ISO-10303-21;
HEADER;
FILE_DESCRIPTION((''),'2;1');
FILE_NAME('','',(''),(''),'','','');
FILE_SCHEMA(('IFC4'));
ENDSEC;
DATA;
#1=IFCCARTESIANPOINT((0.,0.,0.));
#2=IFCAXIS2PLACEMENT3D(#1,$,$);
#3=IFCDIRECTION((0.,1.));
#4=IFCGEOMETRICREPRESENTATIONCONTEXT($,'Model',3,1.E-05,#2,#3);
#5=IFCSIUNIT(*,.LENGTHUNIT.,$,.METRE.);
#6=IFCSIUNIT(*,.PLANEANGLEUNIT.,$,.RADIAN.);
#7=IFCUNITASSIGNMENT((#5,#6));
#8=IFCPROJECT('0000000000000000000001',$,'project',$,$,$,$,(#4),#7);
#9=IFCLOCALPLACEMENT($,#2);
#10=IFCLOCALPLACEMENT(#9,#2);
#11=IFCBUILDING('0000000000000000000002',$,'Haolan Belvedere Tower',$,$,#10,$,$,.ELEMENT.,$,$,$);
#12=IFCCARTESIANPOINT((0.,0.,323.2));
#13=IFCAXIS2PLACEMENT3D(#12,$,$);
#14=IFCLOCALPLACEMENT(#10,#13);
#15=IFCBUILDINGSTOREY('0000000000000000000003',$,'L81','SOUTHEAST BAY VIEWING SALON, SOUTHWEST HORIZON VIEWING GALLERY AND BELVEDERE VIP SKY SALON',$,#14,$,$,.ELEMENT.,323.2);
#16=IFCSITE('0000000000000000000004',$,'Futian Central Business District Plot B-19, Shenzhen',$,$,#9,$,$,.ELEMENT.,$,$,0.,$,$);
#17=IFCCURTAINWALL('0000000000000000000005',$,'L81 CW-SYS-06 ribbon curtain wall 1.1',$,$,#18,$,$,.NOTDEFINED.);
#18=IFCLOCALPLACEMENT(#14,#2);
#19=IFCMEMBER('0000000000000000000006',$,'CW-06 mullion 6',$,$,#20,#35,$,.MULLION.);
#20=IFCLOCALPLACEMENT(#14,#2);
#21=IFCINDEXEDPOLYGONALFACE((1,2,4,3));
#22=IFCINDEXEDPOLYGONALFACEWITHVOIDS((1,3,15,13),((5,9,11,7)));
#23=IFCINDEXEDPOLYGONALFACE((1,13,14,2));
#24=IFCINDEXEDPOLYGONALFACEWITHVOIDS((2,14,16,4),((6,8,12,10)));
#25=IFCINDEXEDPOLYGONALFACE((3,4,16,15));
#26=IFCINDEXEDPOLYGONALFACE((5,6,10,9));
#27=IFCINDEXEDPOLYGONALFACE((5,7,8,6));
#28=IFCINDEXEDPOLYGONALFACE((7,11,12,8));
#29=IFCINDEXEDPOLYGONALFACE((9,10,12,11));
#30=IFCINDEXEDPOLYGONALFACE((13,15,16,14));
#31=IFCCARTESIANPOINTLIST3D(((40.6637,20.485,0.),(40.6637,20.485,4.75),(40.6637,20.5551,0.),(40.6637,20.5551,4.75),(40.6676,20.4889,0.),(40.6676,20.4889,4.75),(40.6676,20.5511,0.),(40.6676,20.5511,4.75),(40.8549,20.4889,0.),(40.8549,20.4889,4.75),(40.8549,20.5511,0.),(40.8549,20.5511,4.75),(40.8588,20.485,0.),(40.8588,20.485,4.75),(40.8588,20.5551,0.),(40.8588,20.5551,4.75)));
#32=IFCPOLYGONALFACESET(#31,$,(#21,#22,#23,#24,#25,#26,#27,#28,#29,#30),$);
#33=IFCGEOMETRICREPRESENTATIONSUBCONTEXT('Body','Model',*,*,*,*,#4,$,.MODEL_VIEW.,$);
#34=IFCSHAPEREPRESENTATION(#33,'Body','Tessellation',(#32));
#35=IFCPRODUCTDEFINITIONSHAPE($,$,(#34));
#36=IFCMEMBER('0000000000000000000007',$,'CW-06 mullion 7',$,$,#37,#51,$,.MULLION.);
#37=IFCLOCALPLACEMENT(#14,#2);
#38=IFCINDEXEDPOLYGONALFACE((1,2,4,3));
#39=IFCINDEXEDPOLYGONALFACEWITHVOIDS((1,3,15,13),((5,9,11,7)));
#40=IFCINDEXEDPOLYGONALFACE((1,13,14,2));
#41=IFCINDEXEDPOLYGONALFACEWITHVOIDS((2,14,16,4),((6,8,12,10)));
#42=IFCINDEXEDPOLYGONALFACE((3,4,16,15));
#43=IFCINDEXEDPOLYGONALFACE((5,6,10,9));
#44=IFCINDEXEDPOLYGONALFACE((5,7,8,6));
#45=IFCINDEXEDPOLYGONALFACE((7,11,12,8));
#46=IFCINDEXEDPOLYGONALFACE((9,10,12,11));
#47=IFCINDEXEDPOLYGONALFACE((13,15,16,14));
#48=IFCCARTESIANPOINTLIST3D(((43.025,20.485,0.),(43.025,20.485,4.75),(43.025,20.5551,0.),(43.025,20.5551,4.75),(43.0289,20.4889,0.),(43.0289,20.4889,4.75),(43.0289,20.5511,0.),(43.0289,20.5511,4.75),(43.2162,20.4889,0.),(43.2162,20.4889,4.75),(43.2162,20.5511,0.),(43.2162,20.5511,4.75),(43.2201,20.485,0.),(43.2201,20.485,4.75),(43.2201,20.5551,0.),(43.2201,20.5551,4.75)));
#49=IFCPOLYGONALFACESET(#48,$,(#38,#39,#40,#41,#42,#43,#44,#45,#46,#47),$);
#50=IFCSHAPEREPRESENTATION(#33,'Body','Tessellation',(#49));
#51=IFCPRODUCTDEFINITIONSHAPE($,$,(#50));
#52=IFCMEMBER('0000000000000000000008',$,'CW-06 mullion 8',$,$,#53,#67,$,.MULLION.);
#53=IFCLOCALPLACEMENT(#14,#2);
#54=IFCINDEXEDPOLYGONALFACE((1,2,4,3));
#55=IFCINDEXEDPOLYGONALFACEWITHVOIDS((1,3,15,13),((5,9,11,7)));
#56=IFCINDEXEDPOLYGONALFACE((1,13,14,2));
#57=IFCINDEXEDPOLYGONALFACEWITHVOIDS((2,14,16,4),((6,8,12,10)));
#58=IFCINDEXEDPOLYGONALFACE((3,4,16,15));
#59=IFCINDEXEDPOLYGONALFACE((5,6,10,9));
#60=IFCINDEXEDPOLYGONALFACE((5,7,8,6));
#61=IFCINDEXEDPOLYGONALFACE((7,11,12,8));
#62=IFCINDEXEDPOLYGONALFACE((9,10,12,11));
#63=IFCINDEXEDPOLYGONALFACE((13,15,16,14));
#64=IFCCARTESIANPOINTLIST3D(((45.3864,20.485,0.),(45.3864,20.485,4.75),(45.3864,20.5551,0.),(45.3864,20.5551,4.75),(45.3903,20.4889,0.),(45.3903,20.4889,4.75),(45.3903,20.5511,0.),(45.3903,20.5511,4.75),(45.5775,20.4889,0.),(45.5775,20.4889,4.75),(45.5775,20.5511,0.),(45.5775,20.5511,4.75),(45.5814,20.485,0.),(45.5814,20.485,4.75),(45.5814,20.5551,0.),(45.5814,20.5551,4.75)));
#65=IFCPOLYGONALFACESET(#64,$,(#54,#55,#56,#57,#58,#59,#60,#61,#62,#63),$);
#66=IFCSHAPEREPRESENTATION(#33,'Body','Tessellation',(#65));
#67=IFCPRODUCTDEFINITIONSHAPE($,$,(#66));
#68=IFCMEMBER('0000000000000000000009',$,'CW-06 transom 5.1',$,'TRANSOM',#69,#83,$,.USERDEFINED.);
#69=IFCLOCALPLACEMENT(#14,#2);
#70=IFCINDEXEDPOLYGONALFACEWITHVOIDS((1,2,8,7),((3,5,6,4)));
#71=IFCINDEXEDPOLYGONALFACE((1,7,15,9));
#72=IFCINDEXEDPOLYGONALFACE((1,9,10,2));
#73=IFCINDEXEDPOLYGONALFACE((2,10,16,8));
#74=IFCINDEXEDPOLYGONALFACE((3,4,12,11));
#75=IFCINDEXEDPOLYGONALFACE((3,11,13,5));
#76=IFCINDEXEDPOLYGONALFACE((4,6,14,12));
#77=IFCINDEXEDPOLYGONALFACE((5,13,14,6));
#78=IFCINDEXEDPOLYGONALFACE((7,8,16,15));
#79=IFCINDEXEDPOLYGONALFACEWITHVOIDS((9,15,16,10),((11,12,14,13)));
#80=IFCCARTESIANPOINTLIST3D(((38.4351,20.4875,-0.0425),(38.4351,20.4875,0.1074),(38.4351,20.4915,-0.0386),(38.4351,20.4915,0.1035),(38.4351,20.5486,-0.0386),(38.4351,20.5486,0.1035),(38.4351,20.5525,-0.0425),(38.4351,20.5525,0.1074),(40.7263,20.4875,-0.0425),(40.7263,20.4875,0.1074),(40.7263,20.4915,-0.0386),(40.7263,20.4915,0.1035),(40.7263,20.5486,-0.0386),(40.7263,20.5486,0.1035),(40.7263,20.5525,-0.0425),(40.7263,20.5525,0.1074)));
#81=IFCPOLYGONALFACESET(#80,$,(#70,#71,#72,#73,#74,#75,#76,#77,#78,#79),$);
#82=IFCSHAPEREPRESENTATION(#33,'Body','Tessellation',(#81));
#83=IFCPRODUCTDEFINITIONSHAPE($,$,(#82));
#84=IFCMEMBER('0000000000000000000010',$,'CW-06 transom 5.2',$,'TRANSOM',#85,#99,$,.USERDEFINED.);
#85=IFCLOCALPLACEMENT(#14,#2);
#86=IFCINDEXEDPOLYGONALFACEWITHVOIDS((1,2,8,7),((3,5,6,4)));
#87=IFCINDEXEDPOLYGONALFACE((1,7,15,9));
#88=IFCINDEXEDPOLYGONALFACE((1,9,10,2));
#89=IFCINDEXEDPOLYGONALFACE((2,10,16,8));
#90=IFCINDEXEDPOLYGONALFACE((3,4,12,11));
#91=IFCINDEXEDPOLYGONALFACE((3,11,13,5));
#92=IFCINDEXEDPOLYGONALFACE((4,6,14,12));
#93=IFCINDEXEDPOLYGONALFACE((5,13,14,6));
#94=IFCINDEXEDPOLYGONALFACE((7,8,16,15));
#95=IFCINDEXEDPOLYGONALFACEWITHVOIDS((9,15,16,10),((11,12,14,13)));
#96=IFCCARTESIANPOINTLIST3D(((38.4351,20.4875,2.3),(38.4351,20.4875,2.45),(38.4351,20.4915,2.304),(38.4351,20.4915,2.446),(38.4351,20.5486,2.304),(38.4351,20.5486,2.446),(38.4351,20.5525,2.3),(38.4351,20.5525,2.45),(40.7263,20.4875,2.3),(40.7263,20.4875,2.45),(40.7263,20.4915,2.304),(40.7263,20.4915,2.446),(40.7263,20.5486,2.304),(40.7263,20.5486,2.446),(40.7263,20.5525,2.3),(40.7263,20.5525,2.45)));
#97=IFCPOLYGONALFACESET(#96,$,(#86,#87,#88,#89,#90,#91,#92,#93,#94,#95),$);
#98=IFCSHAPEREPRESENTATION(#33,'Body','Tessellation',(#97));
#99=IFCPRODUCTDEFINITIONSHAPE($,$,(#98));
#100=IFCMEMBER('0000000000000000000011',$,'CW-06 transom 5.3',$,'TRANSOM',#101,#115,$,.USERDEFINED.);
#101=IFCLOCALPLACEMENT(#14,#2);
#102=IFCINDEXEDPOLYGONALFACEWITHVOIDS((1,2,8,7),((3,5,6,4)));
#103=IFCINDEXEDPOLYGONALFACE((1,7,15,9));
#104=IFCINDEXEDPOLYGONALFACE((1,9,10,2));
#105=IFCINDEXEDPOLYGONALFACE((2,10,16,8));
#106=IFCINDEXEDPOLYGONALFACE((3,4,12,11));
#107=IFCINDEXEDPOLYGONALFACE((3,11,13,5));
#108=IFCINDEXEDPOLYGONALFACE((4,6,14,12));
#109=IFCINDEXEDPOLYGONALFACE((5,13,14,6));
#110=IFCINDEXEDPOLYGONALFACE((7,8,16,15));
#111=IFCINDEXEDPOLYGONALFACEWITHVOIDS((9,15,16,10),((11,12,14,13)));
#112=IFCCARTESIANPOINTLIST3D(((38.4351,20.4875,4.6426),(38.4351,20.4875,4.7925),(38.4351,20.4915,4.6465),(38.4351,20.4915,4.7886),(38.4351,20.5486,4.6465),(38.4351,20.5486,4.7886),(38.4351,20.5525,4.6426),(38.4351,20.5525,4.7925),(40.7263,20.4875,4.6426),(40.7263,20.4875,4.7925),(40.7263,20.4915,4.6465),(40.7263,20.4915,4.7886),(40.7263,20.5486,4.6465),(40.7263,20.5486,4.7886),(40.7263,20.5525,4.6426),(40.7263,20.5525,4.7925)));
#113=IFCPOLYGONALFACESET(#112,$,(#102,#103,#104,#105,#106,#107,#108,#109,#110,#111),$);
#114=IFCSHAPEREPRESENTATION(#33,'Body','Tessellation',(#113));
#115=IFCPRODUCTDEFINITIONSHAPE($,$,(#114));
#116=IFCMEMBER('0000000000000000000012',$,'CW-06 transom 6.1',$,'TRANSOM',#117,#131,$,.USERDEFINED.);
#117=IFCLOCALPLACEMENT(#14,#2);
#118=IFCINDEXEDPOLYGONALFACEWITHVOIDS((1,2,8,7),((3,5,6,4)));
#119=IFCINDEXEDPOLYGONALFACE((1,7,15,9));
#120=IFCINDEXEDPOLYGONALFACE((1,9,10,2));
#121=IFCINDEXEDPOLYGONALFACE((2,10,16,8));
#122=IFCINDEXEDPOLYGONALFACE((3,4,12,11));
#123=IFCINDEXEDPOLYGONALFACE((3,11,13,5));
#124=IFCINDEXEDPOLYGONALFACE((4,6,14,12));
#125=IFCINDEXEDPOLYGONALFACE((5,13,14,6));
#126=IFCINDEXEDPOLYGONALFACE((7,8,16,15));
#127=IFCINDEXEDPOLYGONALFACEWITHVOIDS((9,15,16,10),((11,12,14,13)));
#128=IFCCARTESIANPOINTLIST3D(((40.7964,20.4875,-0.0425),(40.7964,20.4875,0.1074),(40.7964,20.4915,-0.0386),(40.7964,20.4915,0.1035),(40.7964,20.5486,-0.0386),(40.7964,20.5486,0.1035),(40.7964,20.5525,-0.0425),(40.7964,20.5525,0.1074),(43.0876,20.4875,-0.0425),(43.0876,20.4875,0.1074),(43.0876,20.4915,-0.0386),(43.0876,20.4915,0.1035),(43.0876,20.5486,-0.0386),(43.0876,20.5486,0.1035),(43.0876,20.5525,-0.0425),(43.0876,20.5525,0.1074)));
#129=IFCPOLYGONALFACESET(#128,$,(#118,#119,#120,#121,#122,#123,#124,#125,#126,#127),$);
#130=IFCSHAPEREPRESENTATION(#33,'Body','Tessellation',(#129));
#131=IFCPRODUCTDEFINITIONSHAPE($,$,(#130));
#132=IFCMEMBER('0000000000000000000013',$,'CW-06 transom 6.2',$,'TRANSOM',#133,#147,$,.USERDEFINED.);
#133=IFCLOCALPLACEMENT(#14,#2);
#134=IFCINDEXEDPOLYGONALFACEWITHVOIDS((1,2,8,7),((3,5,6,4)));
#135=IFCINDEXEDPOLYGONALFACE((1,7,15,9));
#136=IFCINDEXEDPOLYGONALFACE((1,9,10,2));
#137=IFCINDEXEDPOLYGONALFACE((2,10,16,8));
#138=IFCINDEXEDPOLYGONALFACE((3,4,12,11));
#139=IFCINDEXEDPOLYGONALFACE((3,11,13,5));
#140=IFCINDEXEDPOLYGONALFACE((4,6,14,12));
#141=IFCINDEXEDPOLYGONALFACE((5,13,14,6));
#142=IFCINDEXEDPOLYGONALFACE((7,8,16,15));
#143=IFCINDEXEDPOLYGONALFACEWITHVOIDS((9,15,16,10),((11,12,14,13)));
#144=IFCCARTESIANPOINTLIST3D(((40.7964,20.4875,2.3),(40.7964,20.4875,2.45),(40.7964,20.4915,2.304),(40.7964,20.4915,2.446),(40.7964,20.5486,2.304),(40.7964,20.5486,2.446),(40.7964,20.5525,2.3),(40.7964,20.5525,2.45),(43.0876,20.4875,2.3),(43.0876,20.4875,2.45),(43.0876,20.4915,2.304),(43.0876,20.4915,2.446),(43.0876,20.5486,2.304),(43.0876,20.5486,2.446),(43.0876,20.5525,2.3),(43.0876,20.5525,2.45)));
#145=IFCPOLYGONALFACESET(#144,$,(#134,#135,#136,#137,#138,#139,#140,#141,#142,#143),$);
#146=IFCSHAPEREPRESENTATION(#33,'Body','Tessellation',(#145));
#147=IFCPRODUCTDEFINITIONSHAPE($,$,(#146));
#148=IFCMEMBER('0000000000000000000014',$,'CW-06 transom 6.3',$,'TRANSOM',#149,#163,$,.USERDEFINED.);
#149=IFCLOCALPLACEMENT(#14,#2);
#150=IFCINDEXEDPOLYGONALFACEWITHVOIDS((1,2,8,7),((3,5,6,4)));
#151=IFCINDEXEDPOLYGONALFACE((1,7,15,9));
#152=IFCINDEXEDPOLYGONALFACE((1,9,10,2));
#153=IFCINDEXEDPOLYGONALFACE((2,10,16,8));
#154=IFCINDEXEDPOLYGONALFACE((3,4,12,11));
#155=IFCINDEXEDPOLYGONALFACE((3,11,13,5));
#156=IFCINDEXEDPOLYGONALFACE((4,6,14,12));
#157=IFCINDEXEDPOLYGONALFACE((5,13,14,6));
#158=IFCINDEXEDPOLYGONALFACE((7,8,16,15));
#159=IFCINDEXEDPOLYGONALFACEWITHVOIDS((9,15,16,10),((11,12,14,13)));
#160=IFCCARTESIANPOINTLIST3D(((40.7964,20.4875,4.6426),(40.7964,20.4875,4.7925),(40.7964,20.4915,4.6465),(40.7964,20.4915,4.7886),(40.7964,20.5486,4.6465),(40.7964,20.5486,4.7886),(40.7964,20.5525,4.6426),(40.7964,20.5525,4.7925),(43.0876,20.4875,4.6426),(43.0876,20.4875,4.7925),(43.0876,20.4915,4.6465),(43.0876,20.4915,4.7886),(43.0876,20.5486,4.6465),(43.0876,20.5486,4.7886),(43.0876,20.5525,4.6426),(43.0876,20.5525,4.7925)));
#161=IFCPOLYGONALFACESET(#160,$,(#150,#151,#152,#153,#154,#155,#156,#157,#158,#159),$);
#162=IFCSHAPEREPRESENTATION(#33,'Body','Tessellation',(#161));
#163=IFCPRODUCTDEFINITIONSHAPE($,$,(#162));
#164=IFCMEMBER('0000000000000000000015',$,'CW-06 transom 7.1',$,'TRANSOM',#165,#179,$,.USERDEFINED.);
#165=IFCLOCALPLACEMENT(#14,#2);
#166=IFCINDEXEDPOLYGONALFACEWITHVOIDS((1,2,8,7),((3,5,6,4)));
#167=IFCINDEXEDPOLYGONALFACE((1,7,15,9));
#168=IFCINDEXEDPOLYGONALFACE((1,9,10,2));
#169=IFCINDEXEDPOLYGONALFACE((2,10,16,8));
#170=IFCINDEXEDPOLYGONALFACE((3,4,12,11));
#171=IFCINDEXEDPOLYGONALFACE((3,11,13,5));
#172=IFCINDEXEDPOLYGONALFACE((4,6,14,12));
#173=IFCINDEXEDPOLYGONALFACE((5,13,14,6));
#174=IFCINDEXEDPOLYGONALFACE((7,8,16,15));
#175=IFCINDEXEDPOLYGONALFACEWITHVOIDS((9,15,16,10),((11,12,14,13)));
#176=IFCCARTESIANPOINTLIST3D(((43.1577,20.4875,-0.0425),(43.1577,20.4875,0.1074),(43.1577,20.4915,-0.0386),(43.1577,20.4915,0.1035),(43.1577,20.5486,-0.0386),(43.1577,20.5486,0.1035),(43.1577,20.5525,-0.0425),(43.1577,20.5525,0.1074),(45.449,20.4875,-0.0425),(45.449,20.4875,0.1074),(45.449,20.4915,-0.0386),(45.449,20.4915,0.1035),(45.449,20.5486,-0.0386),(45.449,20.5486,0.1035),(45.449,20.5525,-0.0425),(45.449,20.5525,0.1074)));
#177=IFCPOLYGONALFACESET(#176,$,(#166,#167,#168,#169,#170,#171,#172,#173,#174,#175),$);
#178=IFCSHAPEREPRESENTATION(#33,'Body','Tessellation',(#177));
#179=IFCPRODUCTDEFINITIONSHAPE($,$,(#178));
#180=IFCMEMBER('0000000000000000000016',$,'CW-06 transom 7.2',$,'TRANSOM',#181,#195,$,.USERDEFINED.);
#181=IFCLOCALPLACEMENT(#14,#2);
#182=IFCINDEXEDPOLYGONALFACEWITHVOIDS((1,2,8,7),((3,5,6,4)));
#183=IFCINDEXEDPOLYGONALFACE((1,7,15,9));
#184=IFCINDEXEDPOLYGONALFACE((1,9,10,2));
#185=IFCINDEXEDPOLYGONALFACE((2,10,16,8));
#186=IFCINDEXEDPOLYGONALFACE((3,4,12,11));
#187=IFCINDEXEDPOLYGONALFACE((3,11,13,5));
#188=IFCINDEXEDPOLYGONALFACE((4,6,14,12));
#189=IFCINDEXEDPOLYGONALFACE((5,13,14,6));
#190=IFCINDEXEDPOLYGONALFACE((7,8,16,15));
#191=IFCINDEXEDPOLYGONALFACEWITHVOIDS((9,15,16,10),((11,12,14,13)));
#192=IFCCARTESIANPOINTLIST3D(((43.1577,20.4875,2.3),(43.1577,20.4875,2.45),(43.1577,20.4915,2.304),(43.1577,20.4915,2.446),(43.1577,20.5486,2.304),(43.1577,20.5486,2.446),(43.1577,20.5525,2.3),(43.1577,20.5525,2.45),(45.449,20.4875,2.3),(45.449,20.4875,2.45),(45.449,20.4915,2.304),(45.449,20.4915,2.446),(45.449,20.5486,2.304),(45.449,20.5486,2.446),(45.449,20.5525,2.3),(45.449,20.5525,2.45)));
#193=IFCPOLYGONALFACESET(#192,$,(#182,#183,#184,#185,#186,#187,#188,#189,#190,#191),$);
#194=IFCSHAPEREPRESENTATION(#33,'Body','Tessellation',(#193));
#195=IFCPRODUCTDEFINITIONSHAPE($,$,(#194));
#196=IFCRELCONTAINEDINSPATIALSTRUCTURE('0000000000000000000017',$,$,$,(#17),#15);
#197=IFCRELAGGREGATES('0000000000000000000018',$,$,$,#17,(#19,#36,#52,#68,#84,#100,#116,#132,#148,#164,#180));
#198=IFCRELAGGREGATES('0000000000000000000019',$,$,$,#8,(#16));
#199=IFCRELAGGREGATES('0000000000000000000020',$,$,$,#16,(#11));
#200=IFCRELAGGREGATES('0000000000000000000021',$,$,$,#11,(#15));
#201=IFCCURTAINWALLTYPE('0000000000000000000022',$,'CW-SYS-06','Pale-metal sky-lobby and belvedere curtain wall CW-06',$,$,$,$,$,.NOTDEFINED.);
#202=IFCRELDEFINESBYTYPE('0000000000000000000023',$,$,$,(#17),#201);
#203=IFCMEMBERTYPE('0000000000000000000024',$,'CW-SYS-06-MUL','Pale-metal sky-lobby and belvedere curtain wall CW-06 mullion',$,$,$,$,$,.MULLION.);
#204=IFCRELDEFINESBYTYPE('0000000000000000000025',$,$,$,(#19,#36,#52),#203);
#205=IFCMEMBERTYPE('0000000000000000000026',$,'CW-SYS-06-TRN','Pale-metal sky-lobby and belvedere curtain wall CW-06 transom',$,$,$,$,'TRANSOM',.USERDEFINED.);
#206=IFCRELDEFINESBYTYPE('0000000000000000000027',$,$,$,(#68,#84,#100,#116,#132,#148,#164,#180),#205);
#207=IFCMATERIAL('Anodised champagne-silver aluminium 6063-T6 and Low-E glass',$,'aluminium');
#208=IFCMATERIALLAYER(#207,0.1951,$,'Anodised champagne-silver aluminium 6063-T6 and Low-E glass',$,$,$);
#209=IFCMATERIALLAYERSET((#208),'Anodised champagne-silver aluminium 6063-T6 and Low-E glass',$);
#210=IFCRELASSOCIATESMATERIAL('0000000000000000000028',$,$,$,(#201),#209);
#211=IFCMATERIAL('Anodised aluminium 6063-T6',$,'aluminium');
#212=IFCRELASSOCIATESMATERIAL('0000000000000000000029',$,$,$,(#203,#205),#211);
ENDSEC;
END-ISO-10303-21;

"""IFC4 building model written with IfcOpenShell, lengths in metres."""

from ifc_helpers import new_model, si_unit, direction, frame, origin, origin_2d, place, context, subcontext, project, spatial, hollow_rectangle, extrude, material, layer, layer_set, material_profile, profile_set, type_object, element, aggregate, save


model = new_model("IFC4")

# Units and contexts
model_context = context("Model", 3, precision=1e-05, world=origin(), true_north=direction((0.0, 1.0)))
body_context = subcontext(model_context, "Body", "Model", "MODEL_VIEW")
ifc_project = project(units=[si_unit("LENGTHUNIT", "METRE"), si_unit("PLANEANGLEUNIT", "RADIAN")], contexts=[model_context])

# Site, building, storey
site_placement = place(None, origin())
site = spatial("IfcSite", under=ifc_project, at=site_placement, Name="Futian Central Business District Plot B-19, Shenzhen", CompositionType="ELEMENT", RefElevation=0.0)
building_placement = place(site_placement, origin())
building = spatial("IfcBuilding", under=site, at=building_placement, Name="Haolan Belvedere Tower", CompositionType="ELEMENT")
storey_placement = place(building_placement, frame((0.0, 0.0, 323.2)))
storey = spatial("IfcBuildingStorey", under=building, at=storey_placement, Name="L81", Description="SOUTHEAST BAY VIEWING SALON, SOUTHWEST HORIZON VIEWING GALLERY AND BELVEDERE VIP SKY SALON", CompositionType="ELEMENT", Elevation=323.2)

# Curtain wall, members
ifc_material_1 = material(Name="Anodised champagne-silver aluminium 6063-T6 and Low-E glass", Category="aluminium")
ifc_layer_1 = layer(ifc_material_1, 0.1951, Name="Anodised champagne-silver aluminium 6063-T6 and Low-E glass")
ifc_layer_set_1 = layer_set([ifc_layer_1], Name="Anodised champagne-silver aluminium 6063-T6 and Low-E glass")
curtain_wall_type = type_object("IfcCurtainWallType", Name="CW-SYS-06", Description="Pale-metal sky-lobby and belvedere curtain wall CW-06", PredefinedType="NOTDEFINED", material=ifc_layer_set_1)
curtain_wall_placement = place(storey_placement, origin())
curtain_wall = element("IfcCurtainWall", 1, at=curtain_wall_placement, inside=storey, type_object=curtain_wall_type, Name="L81 CW-SYS-06 ribbon curtain wall 1.1", PredefinedType="NOTDEFINED")
ifc_material_2 = material(Name="Anodised aluminium 6063-T6", Category="aluminium")
ifc_material_profile_1 = material_profile(ifc_material_2, hollow_rectangle(XDim=0.0701, YDim=0.1951, WallThickness=0.0039, at=origin_2d()), Name="Anodised aluminium 6063-T6")
ifc_profile_set_1 = profile_set([ifc_material_profile_1], Name="Anodised aluminium 6063-T6")
member_type_1 = type_object("IfcMemberType", Name="CW-SYS-06-MUL", Description="Pale-metal sky-lobby and belvedere curtain wall CW-06 mullion", PredefinedType="MULLION", material=ifc_profile_set_1)
member_1_placement = place(storey_placement, frame((40.7612, 20.52, 0.0), z_axis=(0.0, 0.0, 1.0), x_axis=(0.0, 1.0, 0.0)))
member_1 = element("IfcMember", 2, at=member_1_placement, type_object=member_type_1, Name="CW-06 mullion 6", PredefinedType="MULLION", context=body_context, shape_type="SweptSolid", body=[
    extrude(hollow_rectangle(XDim=0.0701, YDim=0.1951, WallThickness=0.0039, at=origin_2d()), origin(), (0.0, 0.0, 1.0), 4.75),
])
member_2_placement = place(storey_placement, frame((43.1226, 20.52, 0.0), z_axis=(0.0, 0.0, 1.0), x_axis=(0.0, 1.0, 0.0)))
member_2 = element("IfcMember", 3, at=member_2_placement, type_object=member_type_1, Name="CW-06 mullion 7", PredefinedType="MULLION", context=body_context, shape_type="SweptSolid", body=[
    extrude(hollow_rectangle(XDim=0.0701, YDim=0.1951, WallThickness=0.0039, at=origin_2d()), origin(), (0.0, 0.0, 1.0), 4.75),
])
member_3_placement = place(storey_placement, frame((45.4839, 20.52, 0.0), z_axis=(0.0, 0.0, 1.0), x_axis=(0.0, 1.0, 0.0)))
member_3 = element("IfcMember", 4, at=member_3_placement, type_object=member_type_1, Name="CW-06 mullion 8", PredefinedType="MULLION", context=body_context, shape_type="SweptSolid", body=[
    extrude(hollow_rectangle(XDim=0.0701, YDim=0.1951, WallThickness=0.0039, at=origin_2d()), origin(), (0.0, 0.0, 1.0), 4.75),
])
ifc_material_profile_2 = material_profile(ifc_material_2, hollow_rectangle(XDim=0.0649, YDim=0.1499, WallThickness=0.0039, at=origin_2d()), Name="Anodised aluminium 6063-T6")
ifc_profile_set_2 = profile_set([ifc_material_profile_2], Name="Anodised aluminium 6063-T6")
member_type_2 = type_object("IfcMemberType", Name="CW-SYS-06-TRN", Description="Pale-metal sky-lobby and belvedere curtain wall CW-06 transom", ElementType="TRANSOM", PredefinedType="USERDEFINED", material=ifc_profile_set_2)
member_4_placement = place(storey_placement, frame((38.4351, 20.52, 0.0325), z_axis=(1.0, 0.0, 0.0), x_axis=(0.0, 1.0, 0.0)))
member_4 = element("IfcMember", 5, at=member_4_placement, type_object=member_type_2, Name="CW-06 transom 5.1", ObjectType="TRANSOM", PredefinedType="USERDEFINED", context=body_context, shape_type="SweptSolid", body=[
    extrude(hollow_rectangle(XDim=0.0649, YDim=0.1499, WallThickness=0.0039, at=origin_2d()), origin(), (0.0, 0.0, 1.0), 2.2913),
])
member_5_placement = place(storey_placement, frame((38.4351, 20.52, 2.375), z_axis=(1.0, 0.0, 0.0), x_axis=(0.0, 1.0, 0.0)))
member_5 = element("IfcMember", 6, at=member_5_placement, type_object=member_type_2, Name="CW-06 transom 5.2", ObjectType="TRANSOM", PredefinedType="USERDEFINED", context=body_context, shape_type="SweptSolid", body=[
    extrude(hollow_rectangle(XDim=0.0649, YDim=0.1499, WallThickness=0.0039, at=origin_2d()), origin(), (0.0, 0.0, 1.0), 2.2913),
])
member_6_placement = place(storey_placement, frame((38.4351, 20.52, 4.7175), z_axis=(1.0, 0.0, 0.0), x_axis=(0.0, 1.0, 0.0)))
member_6 = element("IfcMember", 7, at=member_6_placement, type_object=member_type_2, Name="CW-06 transom 5.3", ObjectType="TRANSOM", PredefinedType="USERDEFINED", context=body_context, shape_type="SweptSolid", body=[
    extrude(hollow_rectangle(XDim=0.0649, YDim=0.1499, WallThickness=0.0039, at=origin_2d()), origin(), (0.0, 0.0, 1.0), 2.2913),
])
member_7_placement = place(storey_placement, frame((40.7964, 20.52, 0.0325), z_axis=(1.0, 0.0, 0.0), x_axis=(0.0, 1.0, 0.0)))
member_7 = element("IfcMember", 8, at=member_7_placement, type_object=member_type_2, Name="CW-06 transom 6.1", ObjectType="TRANSOM", PredefinedType="USERDEFINED", context=body_context, shape_type="SweptSolid", body=[
    extrude(hollow_rectangle(XDim=0.0649, YDim=0.1499, WallThickness=0.0039, at=origin_2d()), origin(), (0.0, 0.0, 1.0), 2.2913),
])
member_8_placement = place(storey_placement, frame((40.7964, 20.52, 2.375), z_axis=(1.0, 0.0, 0.0), x_axis=(0.0, 1.0, 0.0)))
member_8 = element("IfcMember", 9, at=member_8_placement, type_object=member_type_2, Name="CW-06 transom 6.2", ObjectType="TRANSOM", PredefinedType="USERDEFINED", context=body_context, shape_type="SweptSolid", body=[
    extrude(hollow_rectangle(XDim=0.0649, YDim=0.1499, WallThickness=0.0039, at=origin_2d()), origin(), (0.0, 0.0, 1.0), 2.2913),
])
member_9_placement = place(storey_placement, frame((40.7964, 20.52, 4.7175), z_axis=(1.0, 0.0, 0.0), x_axis=(0.0, 1.0, 0.0)))
member_9 = element("IfcMember", 10, at=member_9_placement, type_object=member_type_2, Name="CW-06 transom 6.3", ObjectType="TRANSOM", PredefinedType="USERDEFINED", context=body_context, shape_type="SweptSolid", body=[
    extrude(hollow_rectangle(XDim=0.0649, YDim=0.1499, WallThickness=0.0039, at=origin_2d()), origin(), (0.0, 0.0, 1.0), 2.2913),
])
member_10_placement = place(storey_placement, frame((43.1577, 20.52, 0.0325), z_axis=(1.0, 0.0, 0.0), x_axis=(0.0, 1.0, 0.0)))
member_10 = element("IfcMember", 11, at=member_10_placement, type_object=member_type_2, Name="CW-06 transom 7.1", ObjectType="TRANSOM", PredefinedType="USERDEFINED", context=body_context, shape_type="SweptSolid", body=[
    extrude(hollow_rectangle(XDim=0.0649, YDim=0.1499, WallThickness=0.0039, at=origin_2d()), origin(), (0.0, 0.0, 1.0), 2.2913),
])
member_11_placement = place(storey_placement, frame((43.1577, 20.52, 2.375), z_axis=(1.0, 0.0, 0.0), x_axis=(0.0, 1.0, 0.0)))
member_11 = element("IfcMember", 12, at=member_11_placement, type_object=member_type_2, Name="CW-06 transom 7.2", ObjectType="TRANSOM", PredefinedType="USERDEFINED", context=body_context, shape_type="SweptSolid", body=[
    extrude(hollow_rectangle(XDim=0.0649, YDim=0.1499, WallThickness=0.0039, at=origin_2d()), origin(), (0.0, 0.0, 1.0), 2.2913),
])
aggregate(curtain_wall, [member_1, member_2, member_3, member_4, member_5, member_6, member_7, member_8, member_9, member_10, member_11])

save(model, "model.ifc")
